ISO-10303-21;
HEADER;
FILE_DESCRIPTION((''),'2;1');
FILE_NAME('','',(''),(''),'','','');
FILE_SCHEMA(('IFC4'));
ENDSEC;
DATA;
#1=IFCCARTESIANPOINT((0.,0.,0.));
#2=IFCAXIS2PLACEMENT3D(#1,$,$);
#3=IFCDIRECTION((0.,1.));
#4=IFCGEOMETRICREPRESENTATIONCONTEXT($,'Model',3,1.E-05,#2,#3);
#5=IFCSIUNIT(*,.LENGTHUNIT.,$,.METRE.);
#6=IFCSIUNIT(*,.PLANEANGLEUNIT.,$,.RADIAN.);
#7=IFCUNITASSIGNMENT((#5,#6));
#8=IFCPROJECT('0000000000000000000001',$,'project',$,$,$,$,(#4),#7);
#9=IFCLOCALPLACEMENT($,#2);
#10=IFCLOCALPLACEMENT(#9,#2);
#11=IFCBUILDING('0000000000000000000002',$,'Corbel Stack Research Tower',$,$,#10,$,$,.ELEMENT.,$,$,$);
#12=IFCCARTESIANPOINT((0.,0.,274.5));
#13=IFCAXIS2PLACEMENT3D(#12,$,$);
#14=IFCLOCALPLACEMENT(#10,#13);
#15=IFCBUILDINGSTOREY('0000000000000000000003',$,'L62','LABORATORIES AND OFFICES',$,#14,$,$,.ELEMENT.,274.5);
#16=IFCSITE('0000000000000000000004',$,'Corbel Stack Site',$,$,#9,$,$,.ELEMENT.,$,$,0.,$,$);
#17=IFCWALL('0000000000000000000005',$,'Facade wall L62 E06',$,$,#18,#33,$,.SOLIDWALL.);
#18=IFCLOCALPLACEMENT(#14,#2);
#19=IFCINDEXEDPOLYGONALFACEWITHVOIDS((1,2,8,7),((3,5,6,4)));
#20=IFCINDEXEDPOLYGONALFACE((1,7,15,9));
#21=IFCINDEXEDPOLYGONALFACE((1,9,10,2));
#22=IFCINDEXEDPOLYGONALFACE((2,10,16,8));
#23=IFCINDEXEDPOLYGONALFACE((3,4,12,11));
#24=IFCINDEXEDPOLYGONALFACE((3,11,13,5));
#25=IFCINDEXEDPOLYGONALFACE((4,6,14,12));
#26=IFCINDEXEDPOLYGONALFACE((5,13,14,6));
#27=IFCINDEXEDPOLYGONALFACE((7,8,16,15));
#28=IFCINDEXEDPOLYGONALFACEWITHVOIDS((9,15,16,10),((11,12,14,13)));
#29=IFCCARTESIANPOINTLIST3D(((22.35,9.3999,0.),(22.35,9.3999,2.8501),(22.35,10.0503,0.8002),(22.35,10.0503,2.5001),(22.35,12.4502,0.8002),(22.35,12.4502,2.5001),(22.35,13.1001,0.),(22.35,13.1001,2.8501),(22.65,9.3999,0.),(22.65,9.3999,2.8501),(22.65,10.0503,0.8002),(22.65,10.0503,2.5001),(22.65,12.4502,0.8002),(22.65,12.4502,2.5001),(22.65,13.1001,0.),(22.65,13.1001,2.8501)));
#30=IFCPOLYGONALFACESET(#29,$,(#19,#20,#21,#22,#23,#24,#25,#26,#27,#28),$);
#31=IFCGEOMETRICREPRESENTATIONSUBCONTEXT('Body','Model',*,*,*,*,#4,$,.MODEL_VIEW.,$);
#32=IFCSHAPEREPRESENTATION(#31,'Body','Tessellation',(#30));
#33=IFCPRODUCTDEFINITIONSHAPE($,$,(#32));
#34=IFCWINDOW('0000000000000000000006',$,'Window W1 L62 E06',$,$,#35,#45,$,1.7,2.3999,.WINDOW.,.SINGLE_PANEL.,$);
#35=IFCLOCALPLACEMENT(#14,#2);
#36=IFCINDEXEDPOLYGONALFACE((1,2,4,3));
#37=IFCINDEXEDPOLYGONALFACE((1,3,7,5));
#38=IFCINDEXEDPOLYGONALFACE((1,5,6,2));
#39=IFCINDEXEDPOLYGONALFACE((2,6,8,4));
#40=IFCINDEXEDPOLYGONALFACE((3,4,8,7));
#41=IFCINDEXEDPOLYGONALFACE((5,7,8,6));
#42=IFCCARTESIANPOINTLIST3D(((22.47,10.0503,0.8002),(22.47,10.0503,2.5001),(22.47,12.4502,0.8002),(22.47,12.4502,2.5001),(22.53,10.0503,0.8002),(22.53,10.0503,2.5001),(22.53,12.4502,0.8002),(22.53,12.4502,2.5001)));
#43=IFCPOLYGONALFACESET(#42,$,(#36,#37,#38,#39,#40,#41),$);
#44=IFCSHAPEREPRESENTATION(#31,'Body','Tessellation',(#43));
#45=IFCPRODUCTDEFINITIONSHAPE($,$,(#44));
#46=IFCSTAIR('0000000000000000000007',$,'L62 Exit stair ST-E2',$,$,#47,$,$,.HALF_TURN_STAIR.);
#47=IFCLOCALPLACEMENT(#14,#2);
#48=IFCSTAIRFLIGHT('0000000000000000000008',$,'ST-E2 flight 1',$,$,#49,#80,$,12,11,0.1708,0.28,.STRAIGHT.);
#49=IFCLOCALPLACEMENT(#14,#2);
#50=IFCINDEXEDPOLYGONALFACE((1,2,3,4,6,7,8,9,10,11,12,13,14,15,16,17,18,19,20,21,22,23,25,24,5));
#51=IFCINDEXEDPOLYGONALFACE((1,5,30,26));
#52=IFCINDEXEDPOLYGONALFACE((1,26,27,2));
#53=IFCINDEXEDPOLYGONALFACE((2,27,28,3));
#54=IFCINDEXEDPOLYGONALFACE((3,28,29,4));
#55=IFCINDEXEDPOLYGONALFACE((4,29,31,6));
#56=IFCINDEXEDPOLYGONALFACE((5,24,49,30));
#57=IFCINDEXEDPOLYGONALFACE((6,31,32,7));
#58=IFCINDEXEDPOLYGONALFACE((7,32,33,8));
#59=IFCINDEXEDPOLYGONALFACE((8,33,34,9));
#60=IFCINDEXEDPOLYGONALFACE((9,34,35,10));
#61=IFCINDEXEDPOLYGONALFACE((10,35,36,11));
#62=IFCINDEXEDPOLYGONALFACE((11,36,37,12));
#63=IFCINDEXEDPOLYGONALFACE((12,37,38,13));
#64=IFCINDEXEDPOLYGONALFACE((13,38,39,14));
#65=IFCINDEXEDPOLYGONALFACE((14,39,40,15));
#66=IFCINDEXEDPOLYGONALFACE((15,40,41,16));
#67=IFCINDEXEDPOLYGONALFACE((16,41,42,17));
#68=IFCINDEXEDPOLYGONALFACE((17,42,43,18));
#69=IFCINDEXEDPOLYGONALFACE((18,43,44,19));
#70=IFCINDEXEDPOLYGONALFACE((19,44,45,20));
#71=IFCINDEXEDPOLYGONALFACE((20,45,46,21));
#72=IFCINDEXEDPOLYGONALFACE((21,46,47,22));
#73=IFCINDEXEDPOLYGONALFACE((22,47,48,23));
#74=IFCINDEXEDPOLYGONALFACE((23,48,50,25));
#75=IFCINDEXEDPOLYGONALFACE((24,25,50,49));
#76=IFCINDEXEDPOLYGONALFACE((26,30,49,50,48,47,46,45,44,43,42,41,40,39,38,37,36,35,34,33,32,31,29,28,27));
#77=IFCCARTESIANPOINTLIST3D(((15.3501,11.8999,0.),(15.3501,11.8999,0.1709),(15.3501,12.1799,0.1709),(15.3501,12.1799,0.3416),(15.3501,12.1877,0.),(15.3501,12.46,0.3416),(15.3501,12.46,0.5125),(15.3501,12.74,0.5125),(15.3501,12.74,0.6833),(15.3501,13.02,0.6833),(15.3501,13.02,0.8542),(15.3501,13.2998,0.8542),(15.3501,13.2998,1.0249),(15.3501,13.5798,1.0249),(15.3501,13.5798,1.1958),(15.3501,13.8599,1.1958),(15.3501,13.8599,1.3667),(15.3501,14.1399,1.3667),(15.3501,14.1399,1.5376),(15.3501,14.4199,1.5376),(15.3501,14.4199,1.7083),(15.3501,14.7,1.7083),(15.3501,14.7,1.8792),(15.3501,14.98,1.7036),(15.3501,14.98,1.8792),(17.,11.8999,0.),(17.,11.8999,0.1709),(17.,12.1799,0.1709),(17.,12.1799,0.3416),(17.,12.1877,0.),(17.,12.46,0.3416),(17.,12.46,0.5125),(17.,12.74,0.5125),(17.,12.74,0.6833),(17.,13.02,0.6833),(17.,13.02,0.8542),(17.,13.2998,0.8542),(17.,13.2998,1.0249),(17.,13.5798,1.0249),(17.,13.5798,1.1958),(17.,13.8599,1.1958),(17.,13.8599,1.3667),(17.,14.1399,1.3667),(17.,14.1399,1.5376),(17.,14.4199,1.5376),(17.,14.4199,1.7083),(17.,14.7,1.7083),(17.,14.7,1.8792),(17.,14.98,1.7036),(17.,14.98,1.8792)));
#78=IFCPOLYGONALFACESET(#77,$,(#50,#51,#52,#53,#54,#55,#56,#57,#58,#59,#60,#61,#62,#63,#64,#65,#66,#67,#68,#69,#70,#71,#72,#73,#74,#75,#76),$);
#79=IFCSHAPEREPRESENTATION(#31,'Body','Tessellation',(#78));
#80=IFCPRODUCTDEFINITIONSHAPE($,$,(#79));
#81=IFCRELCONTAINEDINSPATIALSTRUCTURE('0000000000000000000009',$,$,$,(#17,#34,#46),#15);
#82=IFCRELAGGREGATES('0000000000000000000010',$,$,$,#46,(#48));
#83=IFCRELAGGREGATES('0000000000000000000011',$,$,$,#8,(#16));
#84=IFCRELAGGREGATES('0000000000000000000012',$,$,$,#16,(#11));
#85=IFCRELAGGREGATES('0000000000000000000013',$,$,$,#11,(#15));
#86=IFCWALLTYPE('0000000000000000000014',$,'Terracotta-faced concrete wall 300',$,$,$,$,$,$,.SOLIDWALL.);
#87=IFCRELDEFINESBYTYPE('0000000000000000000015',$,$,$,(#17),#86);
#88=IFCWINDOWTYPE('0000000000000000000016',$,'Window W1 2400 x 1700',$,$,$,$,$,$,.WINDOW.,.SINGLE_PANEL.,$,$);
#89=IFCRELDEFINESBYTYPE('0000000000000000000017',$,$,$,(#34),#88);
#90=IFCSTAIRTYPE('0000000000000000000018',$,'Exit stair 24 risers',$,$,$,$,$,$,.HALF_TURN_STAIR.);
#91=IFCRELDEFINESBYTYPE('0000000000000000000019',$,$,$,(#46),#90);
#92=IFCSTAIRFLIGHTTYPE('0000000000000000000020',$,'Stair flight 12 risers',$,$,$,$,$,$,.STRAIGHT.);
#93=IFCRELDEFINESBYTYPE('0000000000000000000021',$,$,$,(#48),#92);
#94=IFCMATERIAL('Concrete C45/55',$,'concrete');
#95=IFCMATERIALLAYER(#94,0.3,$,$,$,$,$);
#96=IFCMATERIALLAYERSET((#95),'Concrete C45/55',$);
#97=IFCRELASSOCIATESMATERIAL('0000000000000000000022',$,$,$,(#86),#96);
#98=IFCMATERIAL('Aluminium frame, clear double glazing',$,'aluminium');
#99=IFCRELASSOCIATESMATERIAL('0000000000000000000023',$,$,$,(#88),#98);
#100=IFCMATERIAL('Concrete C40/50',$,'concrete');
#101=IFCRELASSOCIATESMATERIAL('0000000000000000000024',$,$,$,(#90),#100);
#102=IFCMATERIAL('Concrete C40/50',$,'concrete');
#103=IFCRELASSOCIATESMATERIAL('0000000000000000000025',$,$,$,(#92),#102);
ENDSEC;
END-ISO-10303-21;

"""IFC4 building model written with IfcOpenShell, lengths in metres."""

from ifc_helpers import new_model, si_unit, direction, frame, frame_2d, origin, place, context, subcontext, project, spatial, polyline, rectangle, outline, extrude, material, layer, layer_set, type_object, element, fill, aggregate, save


model = new_model("IFC4")

# Units and contexts
model_context = context("Model", 3, precision=1e-05, world=origin(), true_north=direction((0.0, 1.0)))
body_context = subcontext(model_context, "Body", "Model", "MODEL_VIEW")
ifc_project = project(units=[si_unit("LENGTHUNIT", "METRE"), si_unit("PLANEANGLEUNIT", "RADIAN")], contexts=[model_context])

# Site, building, storey
site_placement = place(None, origin())
site = spatial("IfcSite", under=ifc_project, at=site_placement, Name="Corbel Stack Site", CompositionType="ELEMENT", RefElevation=0.0)
building_placement = place(site_placement, origin())
building = spatial("IfcBuilding", under=site, at=building_placement, Name="Corbel Stack Research Tower", CompositionType="ELEMENT")
storey_placement = place(building_placement, frame((0.0, 0.0, 274.5)))
storey = spatial("IfcBuildingStorey", under=building, at=storey_placement, Name="L62", Description="LABORATORIES AND OFFICES", CompositionType="ELEMENT", Elevation=274.5)

# Wall, opening, window
ifc_material_1 = material(Name="Concrete C45/55", Category="concrete")
ifc_layer_1 = layer(ifc_material_1, 0.3)
ifc_layer_set_1 = layer_set([ifc_layer_1], Name="Concrete C45/55")
wall_type = type_object("IfcWallType", Name="Terracotta-faced concrete wall 300", PredefinedType="SOLIDWALL", material=ifc_layer_set_1)
ifc_material_2 = material(Name="Aluminium frame, clear double glazing", Category="aluminium")
window_type = type_object("IfcWindowType", Name="Window W1 2400 x 1700", PartitioningType="SINGLE_PANEL", PredefinedType="WINDOW", material=ifc_material_2)
wall_1_placement = place(storey_placement, frame((22.5, 13.1001, 0.0), z_axis=(0.0, 0.0, 1.0), x_axis=(0.0, -1.0, 0.0)))
wall_1 = element("IfcWall", 1, at=wall_1_placement, inside=storey, type_object=wall_type, Name="Facade wall L62 E06", PredefinedType="SOLIDWALL", context=body_context, shape_type="SweptSolid", body=[
    extrude(rectangle(XDim=3.7002, YDim=0.3, at=frame_2d((1.8501, 0.0))), origin(), (0.0, 0.0, 1.0), 2.8501),
])
opening_1_placement = place(wall_1_placement, frame((0.6499, 0.0, 0.8)))
opening_1 = element("IfcOpeningElement", 2, at=opening_1_placement, cuts=wall_1, PredefinedType="OPENING", context=body_context, shape_type="SweptSolid", body=[
    extrude(rectangle(XDim=2.3999, YDim=1.7, at=frame_2d((1.2, 0.8501))), frame((0.0, 0.1599, 0.0), z_axis=(0.0, -1.0, 0.0), x_axis=(1.0, 0.0, 0.0)), (0.0, 0.0, 1.0), 0.3201),
])
window_1_placement = place(opening_1_placement, origin())
window_1 = element("IfcWindow", 3, at=window_1_placement, inside=storey, type_object=window_type, Name="Window W1 L62 E06", OverallHeight=1.7, OverallWidth=2.3999, PartitioningType="SINGLE_PANEL", PredefinedType="WINDOW", context=body_context, shape_type="SweptSolid", body=[
    extrude(rectangle(XDim=2.3999, YDim=1.7, at=frame_2d((1.2, 0.8501))), frame((0.0, 0.03, 0.0), z_axis=(0.0, -1.0, 0.0), x_axis=(1.0, 0.0, 0.0)), (0.0, 0.0, 1.0), 0.0601),
])
fill(opening_1, window_1)

# Stair, stair flight
ifc_material_3 = material(Name="Concrete C40/50", Category="concrete")
stair_type = type_object("IfcStairType", Name="Exit stair 24 risers", PredefinedType="HALF_TURN_STAIR", material=ifc_material_3)
stair_placement = place(storey_placement, origin())
stair = element("IfcStair", 4, at=stair_placement, inside=storey, type_object=stair_type, Name="L62 Exit stair ST-E2", PredefinedType="HALF_TURN_STAIR")
ifc_material_4 = material(Name="Concrete C40/50", Category="concrete")
stair_flight_type = type_object("IfcStairFlightType", Name="Stair flight 12 risers", PredefinedType="STRAIGHT", material=ifc_material_4)
stair_flight_placement = place(storey_placement, frame((16.175, 11.8999, 0.0), z_axis=(0.0, 0.0, 1.0), x_axis=(0.0, 1.0, 0.0)))
stair_flight = element("IfcStairFlight", 5, at=stair_flight_placement, type_object=stair_flight_type, Name="ST-E2 flight 1", NumberOfRisers=12, NumberOfTreads=11, PredefinedType="STRAIGHT", RiserHeight=0.1708, TreadLength=0.28, context=body_context, shape_type="SweptSolid", body=[
    extrude(outline(polyline([(0.0, 0.0), (0.0, 0.1709), (0.28, 0.1709), (0.28, 0.3416), (0.5601, 0.3416), (0.5601, 0.5125), (0.8401, 0.5125), (0.8401, 0.6833), (1.1201, 0.6833), (1.1201, 0.8542), (1.3999, 0.8542), (1.3999, 1.0249), (1.6799, 1.0249), (1.6799, 1.1958), (1.96, 1.1958), (1.96, 1.3667), (2.24, 1.3667), (2.24, 1.5376), (2.52, 1.5376), (2.52, 1.7083), (2.8, 1.7083), (2.8, 1.8792), (3.0801, 1.8792), (3.0801, 2.05), (3.0801, 1.7036), (0.2878, 0.0), (0.0, 0.0)])), frame((0.0, 0.825, 0.0), z_axis=(0.0, -1.0, 0.0), x_axis=(1.0, 0.0, 0.0)), (0.0, 0.0, 1.0), 1.6499),
])
aggregate(stair, [stair_flight])

save(model, "model.ifc")
